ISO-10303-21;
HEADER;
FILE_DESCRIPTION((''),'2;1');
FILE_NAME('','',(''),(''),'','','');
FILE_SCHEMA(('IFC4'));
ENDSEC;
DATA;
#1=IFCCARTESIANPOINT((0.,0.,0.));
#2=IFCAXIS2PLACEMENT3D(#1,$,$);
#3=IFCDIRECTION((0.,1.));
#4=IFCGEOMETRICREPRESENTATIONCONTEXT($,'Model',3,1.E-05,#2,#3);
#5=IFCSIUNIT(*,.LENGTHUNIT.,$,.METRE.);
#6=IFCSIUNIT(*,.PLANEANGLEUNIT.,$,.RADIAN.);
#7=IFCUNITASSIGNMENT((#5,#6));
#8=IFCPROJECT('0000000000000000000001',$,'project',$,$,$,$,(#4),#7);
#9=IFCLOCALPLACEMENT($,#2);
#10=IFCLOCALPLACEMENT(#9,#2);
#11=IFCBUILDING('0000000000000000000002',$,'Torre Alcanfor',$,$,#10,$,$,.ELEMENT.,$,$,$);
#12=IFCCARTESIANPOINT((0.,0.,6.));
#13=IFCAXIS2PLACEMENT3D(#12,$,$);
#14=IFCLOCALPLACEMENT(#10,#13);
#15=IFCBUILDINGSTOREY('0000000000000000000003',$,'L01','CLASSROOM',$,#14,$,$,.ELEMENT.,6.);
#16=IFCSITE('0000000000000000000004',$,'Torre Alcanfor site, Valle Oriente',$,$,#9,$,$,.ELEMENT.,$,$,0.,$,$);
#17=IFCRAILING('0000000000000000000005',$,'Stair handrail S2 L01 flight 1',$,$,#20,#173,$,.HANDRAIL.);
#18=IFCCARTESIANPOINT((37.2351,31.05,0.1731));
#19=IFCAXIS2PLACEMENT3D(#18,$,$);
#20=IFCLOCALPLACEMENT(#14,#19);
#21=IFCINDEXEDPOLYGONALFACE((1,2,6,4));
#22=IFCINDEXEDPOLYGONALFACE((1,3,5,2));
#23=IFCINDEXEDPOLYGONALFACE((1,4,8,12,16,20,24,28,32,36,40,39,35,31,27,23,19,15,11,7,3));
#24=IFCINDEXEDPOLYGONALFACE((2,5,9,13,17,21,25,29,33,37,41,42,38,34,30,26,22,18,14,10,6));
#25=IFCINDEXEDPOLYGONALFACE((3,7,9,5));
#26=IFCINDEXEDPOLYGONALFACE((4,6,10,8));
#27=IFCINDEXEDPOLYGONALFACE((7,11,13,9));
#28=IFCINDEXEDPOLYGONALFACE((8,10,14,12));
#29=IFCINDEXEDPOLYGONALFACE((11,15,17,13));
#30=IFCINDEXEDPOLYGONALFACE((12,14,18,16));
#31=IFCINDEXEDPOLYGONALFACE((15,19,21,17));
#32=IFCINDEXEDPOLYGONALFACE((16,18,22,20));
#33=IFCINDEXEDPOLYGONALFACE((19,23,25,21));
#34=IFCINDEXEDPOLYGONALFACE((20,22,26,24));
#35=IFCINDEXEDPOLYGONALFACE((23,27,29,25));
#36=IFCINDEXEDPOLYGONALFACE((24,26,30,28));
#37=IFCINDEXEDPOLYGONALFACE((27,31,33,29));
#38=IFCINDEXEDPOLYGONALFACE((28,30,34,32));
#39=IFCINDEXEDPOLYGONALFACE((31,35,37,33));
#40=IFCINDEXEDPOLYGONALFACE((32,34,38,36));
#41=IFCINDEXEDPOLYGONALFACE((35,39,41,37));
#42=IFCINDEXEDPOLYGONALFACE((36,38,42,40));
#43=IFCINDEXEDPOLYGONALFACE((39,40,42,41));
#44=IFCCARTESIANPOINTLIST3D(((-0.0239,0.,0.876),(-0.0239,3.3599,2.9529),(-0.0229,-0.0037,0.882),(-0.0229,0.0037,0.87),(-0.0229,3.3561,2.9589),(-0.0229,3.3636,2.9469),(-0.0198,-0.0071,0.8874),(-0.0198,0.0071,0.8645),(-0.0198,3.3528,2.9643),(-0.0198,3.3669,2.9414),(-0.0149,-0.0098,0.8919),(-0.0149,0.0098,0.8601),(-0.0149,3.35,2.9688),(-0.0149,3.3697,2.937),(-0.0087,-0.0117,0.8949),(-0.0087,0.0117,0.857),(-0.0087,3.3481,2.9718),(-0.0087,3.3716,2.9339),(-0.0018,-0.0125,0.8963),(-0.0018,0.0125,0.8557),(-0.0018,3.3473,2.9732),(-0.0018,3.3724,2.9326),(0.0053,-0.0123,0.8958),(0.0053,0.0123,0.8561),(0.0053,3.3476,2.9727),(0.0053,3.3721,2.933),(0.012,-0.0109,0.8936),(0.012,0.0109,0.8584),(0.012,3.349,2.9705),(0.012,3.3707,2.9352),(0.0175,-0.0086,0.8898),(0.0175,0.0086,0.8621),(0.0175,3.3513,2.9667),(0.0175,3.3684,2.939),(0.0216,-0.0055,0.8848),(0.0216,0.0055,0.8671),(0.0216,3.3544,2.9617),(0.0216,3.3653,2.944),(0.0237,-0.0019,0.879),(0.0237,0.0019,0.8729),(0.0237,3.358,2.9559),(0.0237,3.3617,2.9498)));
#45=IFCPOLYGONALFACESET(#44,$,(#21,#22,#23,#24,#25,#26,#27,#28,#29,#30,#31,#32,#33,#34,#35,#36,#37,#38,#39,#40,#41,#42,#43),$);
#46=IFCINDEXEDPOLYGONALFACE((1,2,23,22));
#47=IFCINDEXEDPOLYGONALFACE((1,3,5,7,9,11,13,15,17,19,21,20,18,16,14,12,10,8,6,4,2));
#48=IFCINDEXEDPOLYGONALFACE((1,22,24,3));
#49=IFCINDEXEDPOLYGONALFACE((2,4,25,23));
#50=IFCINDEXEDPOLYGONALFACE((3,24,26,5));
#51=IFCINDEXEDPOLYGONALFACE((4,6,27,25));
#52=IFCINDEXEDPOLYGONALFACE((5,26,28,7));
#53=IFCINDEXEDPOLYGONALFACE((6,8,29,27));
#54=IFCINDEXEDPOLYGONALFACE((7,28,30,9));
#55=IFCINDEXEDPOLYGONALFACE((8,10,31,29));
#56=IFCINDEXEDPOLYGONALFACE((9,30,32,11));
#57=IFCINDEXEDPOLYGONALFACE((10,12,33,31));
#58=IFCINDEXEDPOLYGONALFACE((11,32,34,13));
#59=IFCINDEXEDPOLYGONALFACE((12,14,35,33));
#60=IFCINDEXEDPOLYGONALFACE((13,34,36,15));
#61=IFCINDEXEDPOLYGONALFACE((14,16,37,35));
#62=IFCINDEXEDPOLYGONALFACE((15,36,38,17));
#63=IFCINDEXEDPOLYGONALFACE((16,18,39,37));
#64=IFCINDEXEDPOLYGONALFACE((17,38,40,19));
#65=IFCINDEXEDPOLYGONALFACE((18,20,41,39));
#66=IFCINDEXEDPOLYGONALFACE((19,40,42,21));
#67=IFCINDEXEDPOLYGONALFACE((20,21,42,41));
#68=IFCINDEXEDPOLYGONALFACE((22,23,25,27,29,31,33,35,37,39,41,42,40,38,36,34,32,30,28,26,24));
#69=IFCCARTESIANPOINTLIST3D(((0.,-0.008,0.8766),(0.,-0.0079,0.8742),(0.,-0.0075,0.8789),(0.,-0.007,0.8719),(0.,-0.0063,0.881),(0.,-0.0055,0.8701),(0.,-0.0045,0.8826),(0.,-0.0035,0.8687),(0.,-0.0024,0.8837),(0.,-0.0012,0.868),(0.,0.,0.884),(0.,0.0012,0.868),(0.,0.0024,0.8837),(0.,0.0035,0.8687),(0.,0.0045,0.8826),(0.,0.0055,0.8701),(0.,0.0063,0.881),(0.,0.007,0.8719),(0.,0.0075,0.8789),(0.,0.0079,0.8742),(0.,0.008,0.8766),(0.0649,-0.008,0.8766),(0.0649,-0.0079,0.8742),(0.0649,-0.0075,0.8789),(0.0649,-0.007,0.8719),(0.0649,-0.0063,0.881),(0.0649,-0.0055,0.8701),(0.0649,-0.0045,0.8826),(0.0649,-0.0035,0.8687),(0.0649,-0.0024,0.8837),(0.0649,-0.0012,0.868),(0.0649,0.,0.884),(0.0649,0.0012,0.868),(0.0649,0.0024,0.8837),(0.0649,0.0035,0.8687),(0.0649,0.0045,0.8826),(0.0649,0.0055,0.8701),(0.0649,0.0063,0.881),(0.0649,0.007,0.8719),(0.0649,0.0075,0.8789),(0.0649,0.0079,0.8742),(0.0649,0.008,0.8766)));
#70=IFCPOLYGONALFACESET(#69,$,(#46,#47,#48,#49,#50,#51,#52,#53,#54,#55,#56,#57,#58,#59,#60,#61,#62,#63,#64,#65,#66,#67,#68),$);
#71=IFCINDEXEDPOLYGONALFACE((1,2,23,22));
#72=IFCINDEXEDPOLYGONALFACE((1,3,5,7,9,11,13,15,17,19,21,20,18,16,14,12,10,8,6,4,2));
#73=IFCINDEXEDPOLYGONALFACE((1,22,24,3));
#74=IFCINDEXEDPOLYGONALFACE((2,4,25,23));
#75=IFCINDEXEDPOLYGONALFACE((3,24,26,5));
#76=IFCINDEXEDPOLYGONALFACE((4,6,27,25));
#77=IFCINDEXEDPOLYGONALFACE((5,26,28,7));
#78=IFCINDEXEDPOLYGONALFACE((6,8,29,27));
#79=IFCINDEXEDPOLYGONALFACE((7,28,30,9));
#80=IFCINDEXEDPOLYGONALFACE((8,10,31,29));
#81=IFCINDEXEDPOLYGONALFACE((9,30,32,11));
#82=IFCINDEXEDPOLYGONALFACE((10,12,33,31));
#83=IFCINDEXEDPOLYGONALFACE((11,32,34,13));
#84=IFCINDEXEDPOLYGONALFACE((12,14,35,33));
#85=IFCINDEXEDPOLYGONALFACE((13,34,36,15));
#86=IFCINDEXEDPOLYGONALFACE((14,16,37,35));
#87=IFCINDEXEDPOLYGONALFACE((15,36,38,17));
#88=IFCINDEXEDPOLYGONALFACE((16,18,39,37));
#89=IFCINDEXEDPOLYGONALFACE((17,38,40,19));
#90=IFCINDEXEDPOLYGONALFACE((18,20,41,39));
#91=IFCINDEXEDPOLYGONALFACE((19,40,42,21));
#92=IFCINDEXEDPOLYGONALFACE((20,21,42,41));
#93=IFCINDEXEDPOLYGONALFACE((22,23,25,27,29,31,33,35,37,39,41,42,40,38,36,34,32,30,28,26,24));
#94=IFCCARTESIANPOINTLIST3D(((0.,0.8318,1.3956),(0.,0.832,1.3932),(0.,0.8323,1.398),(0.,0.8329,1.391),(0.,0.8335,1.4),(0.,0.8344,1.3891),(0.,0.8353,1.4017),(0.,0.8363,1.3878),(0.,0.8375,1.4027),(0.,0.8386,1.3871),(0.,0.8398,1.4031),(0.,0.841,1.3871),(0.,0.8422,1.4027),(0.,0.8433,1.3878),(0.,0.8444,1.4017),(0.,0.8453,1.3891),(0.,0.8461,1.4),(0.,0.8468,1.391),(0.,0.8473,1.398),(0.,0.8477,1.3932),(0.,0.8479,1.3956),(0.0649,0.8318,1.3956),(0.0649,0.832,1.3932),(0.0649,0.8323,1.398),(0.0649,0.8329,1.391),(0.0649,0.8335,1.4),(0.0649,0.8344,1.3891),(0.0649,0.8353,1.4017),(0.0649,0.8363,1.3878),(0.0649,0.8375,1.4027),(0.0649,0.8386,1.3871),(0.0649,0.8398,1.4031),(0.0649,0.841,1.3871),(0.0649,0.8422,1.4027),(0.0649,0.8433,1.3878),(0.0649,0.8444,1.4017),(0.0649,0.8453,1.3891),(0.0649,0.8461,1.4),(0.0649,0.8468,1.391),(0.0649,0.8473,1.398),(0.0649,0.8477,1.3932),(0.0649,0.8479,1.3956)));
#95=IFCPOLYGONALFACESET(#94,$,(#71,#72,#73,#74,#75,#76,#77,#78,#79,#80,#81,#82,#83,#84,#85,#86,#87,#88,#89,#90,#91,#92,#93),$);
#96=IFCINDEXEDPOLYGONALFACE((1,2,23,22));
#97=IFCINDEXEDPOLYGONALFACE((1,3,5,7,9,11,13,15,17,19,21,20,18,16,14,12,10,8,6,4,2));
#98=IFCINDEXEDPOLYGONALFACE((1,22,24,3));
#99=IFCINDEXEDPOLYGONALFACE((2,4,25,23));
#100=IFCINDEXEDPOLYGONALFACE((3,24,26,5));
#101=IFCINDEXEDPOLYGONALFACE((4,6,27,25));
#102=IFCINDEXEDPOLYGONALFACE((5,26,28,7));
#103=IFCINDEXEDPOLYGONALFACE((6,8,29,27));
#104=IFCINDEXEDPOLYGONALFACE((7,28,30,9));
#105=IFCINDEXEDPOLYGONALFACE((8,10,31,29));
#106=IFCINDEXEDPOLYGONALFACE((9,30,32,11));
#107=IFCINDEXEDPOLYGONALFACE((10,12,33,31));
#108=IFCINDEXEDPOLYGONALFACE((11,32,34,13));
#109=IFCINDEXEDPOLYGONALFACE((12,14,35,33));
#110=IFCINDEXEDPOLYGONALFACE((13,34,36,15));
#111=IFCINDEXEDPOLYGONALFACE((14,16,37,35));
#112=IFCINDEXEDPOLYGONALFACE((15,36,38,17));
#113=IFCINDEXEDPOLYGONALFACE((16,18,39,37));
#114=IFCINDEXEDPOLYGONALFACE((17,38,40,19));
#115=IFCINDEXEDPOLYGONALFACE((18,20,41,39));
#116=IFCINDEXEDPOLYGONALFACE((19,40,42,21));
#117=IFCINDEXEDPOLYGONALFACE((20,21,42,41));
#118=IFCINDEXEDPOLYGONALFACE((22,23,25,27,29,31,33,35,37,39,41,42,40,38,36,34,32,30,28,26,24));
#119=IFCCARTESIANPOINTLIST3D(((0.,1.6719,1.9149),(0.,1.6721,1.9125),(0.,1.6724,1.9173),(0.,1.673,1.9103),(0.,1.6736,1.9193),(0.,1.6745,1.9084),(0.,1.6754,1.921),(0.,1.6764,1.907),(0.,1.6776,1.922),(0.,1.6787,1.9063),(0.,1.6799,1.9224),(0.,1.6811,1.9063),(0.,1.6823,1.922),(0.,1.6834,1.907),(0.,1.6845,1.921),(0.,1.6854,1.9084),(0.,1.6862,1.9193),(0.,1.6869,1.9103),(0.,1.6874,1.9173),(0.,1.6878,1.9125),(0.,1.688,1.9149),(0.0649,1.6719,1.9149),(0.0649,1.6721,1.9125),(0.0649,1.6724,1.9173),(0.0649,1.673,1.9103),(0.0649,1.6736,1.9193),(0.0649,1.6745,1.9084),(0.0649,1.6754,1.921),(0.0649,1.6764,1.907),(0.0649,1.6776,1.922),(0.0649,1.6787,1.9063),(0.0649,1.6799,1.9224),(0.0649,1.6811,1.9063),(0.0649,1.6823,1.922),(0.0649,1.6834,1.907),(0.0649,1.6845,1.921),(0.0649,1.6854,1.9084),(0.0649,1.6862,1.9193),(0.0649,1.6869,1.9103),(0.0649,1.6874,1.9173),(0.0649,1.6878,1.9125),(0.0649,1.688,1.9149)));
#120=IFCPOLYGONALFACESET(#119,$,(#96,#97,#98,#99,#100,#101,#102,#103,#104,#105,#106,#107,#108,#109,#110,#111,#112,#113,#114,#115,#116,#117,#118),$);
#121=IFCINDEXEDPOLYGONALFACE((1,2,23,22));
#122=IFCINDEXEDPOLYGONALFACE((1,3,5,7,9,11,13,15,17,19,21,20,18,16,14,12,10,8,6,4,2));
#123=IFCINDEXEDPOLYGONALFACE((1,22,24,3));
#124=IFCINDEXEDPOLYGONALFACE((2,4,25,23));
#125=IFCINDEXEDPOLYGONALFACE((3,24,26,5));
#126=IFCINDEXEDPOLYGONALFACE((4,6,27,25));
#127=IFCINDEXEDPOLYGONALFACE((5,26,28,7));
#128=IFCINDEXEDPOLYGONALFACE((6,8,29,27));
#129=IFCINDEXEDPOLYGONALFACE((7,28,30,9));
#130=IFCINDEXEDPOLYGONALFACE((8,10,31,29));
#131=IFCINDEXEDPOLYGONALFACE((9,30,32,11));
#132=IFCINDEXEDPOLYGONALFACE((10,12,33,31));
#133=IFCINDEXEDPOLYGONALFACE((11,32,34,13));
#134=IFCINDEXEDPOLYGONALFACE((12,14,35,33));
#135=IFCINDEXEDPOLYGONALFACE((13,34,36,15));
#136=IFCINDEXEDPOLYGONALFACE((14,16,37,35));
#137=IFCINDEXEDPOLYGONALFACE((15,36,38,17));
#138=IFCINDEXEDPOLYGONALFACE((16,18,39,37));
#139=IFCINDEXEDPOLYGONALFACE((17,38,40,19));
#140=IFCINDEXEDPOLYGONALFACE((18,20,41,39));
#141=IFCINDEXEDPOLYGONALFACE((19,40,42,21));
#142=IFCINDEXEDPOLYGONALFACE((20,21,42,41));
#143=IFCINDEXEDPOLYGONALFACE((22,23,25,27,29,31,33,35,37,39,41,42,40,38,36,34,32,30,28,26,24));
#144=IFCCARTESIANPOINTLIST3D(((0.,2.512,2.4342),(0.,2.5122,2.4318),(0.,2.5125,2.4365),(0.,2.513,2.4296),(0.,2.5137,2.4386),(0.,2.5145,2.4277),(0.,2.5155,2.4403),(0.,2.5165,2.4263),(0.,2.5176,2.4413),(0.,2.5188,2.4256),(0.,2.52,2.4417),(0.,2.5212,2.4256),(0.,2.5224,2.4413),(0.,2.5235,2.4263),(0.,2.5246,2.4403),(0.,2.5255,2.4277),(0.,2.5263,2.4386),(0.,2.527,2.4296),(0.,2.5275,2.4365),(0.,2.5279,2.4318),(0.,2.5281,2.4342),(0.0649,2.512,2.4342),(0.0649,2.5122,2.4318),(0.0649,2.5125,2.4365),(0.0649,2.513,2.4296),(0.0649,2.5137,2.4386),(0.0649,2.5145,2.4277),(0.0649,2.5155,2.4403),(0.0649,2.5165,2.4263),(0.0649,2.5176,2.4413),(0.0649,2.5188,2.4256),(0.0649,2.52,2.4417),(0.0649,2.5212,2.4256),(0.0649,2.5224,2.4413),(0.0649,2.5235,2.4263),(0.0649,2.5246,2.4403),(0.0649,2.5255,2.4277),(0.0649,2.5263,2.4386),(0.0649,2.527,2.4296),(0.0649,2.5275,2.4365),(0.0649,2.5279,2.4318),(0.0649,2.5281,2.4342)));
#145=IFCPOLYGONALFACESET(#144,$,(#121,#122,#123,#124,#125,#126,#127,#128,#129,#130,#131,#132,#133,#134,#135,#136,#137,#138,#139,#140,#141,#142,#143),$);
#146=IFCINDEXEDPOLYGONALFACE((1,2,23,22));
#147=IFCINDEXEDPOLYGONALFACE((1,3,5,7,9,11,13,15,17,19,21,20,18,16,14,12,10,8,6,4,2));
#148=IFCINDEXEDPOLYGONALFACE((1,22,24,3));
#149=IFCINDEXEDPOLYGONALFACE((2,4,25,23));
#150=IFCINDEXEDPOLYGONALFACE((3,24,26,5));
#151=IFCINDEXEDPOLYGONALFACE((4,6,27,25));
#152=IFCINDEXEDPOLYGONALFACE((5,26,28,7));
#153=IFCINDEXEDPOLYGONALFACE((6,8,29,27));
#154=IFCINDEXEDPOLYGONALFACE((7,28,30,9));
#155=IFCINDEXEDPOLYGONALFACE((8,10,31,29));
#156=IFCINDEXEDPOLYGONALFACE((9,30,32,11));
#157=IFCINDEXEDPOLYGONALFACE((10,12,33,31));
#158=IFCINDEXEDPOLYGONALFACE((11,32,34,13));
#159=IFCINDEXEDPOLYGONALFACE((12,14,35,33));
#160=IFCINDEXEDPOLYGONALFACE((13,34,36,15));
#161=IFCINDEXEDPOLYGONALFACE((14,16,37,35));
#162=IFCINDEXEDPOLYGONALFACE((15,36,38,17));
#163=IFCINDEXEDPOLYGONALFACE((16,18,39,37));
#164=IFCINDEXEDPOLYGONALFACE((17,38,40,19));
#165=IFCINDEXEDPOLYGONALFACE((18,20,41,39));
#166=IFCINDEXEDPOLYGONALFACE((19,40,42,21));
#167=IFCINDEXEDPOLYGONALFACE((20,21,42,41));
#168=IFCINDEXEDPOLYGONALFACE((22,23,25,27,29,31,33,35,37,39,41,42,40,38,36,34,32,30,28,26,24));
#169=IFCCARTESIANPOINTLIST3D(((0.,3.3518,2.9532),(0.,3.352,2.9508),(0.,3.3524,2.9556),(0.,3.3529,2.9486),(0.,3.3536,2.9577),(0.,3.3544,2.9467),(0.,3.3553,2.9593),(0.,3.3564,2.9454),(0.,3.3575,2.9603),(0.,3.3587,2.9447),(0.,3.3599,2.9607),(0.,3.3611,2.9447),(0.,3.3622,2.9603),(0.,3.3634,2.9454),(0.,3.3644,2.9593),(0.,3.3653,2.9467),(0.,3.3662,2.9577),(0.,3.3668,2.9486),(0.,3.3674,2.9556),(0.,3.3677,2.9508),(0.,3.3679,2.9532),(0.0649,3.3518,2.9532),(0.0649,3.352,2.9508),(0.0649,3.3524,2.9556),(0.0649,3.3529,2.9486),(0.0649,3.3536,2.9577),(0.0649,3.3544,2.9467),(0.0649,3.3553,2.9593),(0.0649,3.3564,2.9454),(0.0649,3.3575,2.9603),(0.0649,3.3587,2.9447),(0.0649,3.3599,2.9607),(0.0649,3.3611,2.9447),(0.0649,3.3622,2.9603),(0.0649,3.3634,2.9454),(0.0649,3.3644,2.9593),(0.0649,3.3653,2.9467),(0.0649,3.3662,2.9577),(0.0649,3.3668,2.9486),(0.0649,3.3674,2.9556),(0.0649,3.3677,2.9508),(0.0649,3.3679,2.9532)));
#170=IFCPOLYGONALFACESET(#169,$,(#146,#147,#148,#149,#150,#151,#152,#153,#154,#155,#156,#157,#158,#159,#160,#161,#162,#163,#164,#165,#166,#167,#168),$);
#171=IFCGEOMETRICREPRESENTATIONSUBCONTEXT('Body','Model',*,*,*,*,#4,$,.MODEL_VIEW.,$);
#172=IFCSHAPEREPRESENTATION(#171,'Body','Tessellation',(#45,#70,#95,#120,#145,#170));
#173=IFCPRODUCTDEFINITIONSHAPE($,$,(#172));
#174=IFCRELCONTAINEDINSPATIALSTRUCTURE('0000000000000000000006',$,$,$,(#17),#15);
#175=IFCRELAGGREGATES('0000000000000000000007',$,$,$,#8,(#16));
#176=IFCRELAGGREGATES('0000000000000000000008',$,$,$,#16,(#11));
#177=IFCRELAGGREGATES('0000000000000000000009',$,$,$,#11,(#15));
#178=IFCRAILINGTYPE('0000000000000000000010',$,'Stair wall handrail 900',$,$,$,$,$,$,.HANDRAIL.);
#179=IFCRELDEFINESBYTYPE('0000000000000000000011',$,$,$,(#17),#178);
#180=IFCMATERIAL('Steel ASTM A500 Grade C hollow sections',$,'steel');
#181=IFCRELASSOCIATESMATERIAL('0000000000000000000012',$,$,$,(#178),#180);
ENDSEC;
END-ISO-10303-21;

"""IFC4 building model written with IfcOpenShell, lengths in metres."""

from ifc_helpers import new_model, si_unit, direction, frame, origin, origin_2d, place, context, subcontext, project, spatial, circle, extrude, material, type_object, element, save


model = new_model("IFC4")

# Units and contexts
model_context = context("Model", 3, precision=1e-05, world=origin(), true_north=direction((0.0, 1.0)))
body_context = subcontext(model_context, "Body", "Model", "MODEL_VIEW")
ifc_project = project(units=[si_unit("LENGTHUNIT", "METRE"), si_unit("PLANEANGLEUNIT", "RADIAN")], contexts=[model_context])

# Site, building, storey
site_placement = place(None, origin())
site = spatial("IfcSite", under=ifc_project, at=site_placement, Name="Torre Alcanfor site, Valle Oriente", CompositionType="ELEMENT", RefElevation=0.0)
building_placement = place(site_placement, origin())
building = spatial("IfcBuilding", under=site, at=building_placement, Name="Torre Alcanfor", CompositionType="ELEMENT")
storey_placement = place(building_placement, frame((0.0, 0.0, 6.0)))
storey = spatial("IfcBuildingStorey", under=building, at=storey_placement, Name="L01", Description="CLASSROOM", CompositionType="ELEMENT", Elevation=6.0)

# Railing
ifc_material_1 = material(Name="Steel ASTM A500 Grade C hollow sections", Category="steel")
railing_type_1 = type_object("IfcRailingType", Name="Stair wall handrail 900", PredefinedType="HANDRAIL", material=ifc_material_1)
railing_1_placement = place(storey_placement, frame((37.2351, 31.05, 0.1731)))
element("IfcRailing", 1, at=railing_1_placement, inside=storey, type_object=railing_type_1, Name="Stair handrail S2 L01 flight 1", PredefinedType="HANDRAIL", context=body_context, shape_type="SweptSolid", body=[
    extrude(circle(Radius=0.0239, at=origin_2d()), frame((0.0, 0.0, 0.876), z_axis=(0.0, 0.850606, 0.525803), x_axis=(-1.0, 0.0, 0.0)), (0.0, 0.0, 1.0), 3.95),
    extrude(circle(Radius=0.0081, at=origin_2d()), frame((0.0, 0.0, 0.876), z_axis=(1.0, 0.0, 0.0), x_axis=(0.0, 0.0, 1.0)), (0.0, 0.0, 1.0), 0.0649),
    extrude(circle(Radius=0.0081, at=origin_2d()), frame((0.0, 0.8398, 1.395), z_axis=(1.0, 0.0, 0.0), x_axis=(0.0, 0.0, 1.0)), (0.0, 0.0, 1.0), 0.0649),
    extrude(circle(Radius=0.0081, at=origin_2d()), frame((0.0, 1.6799, 1.9143), z_axis=(1.0, 0.0, 0.0), x_axis=(0.0, 0.0, 1.0)), (0.0, 0.0, 1.0), 0.0649),
    extrude(circle(Radius=0.0081, at=origin_2d()), frame((0.0, 2.52, 2.4336), z_axis=(1.0, 0.0, 0.0), x_axis=(0.0, 0.0, 1.0)), (0.0, 0.0, 1.0), 0.0649),
    extrude(circle(Radius=0.0081, at=origin_2d()), frame((0.0, 3.3599, 2.9526), z_axis=(1.0, 0.0, 0.0), x_axis=(0.0, 0.0, 1.0)), (0.0, 0.0, 1.0), 0.0649),
])

save(model, "model.ifc")
